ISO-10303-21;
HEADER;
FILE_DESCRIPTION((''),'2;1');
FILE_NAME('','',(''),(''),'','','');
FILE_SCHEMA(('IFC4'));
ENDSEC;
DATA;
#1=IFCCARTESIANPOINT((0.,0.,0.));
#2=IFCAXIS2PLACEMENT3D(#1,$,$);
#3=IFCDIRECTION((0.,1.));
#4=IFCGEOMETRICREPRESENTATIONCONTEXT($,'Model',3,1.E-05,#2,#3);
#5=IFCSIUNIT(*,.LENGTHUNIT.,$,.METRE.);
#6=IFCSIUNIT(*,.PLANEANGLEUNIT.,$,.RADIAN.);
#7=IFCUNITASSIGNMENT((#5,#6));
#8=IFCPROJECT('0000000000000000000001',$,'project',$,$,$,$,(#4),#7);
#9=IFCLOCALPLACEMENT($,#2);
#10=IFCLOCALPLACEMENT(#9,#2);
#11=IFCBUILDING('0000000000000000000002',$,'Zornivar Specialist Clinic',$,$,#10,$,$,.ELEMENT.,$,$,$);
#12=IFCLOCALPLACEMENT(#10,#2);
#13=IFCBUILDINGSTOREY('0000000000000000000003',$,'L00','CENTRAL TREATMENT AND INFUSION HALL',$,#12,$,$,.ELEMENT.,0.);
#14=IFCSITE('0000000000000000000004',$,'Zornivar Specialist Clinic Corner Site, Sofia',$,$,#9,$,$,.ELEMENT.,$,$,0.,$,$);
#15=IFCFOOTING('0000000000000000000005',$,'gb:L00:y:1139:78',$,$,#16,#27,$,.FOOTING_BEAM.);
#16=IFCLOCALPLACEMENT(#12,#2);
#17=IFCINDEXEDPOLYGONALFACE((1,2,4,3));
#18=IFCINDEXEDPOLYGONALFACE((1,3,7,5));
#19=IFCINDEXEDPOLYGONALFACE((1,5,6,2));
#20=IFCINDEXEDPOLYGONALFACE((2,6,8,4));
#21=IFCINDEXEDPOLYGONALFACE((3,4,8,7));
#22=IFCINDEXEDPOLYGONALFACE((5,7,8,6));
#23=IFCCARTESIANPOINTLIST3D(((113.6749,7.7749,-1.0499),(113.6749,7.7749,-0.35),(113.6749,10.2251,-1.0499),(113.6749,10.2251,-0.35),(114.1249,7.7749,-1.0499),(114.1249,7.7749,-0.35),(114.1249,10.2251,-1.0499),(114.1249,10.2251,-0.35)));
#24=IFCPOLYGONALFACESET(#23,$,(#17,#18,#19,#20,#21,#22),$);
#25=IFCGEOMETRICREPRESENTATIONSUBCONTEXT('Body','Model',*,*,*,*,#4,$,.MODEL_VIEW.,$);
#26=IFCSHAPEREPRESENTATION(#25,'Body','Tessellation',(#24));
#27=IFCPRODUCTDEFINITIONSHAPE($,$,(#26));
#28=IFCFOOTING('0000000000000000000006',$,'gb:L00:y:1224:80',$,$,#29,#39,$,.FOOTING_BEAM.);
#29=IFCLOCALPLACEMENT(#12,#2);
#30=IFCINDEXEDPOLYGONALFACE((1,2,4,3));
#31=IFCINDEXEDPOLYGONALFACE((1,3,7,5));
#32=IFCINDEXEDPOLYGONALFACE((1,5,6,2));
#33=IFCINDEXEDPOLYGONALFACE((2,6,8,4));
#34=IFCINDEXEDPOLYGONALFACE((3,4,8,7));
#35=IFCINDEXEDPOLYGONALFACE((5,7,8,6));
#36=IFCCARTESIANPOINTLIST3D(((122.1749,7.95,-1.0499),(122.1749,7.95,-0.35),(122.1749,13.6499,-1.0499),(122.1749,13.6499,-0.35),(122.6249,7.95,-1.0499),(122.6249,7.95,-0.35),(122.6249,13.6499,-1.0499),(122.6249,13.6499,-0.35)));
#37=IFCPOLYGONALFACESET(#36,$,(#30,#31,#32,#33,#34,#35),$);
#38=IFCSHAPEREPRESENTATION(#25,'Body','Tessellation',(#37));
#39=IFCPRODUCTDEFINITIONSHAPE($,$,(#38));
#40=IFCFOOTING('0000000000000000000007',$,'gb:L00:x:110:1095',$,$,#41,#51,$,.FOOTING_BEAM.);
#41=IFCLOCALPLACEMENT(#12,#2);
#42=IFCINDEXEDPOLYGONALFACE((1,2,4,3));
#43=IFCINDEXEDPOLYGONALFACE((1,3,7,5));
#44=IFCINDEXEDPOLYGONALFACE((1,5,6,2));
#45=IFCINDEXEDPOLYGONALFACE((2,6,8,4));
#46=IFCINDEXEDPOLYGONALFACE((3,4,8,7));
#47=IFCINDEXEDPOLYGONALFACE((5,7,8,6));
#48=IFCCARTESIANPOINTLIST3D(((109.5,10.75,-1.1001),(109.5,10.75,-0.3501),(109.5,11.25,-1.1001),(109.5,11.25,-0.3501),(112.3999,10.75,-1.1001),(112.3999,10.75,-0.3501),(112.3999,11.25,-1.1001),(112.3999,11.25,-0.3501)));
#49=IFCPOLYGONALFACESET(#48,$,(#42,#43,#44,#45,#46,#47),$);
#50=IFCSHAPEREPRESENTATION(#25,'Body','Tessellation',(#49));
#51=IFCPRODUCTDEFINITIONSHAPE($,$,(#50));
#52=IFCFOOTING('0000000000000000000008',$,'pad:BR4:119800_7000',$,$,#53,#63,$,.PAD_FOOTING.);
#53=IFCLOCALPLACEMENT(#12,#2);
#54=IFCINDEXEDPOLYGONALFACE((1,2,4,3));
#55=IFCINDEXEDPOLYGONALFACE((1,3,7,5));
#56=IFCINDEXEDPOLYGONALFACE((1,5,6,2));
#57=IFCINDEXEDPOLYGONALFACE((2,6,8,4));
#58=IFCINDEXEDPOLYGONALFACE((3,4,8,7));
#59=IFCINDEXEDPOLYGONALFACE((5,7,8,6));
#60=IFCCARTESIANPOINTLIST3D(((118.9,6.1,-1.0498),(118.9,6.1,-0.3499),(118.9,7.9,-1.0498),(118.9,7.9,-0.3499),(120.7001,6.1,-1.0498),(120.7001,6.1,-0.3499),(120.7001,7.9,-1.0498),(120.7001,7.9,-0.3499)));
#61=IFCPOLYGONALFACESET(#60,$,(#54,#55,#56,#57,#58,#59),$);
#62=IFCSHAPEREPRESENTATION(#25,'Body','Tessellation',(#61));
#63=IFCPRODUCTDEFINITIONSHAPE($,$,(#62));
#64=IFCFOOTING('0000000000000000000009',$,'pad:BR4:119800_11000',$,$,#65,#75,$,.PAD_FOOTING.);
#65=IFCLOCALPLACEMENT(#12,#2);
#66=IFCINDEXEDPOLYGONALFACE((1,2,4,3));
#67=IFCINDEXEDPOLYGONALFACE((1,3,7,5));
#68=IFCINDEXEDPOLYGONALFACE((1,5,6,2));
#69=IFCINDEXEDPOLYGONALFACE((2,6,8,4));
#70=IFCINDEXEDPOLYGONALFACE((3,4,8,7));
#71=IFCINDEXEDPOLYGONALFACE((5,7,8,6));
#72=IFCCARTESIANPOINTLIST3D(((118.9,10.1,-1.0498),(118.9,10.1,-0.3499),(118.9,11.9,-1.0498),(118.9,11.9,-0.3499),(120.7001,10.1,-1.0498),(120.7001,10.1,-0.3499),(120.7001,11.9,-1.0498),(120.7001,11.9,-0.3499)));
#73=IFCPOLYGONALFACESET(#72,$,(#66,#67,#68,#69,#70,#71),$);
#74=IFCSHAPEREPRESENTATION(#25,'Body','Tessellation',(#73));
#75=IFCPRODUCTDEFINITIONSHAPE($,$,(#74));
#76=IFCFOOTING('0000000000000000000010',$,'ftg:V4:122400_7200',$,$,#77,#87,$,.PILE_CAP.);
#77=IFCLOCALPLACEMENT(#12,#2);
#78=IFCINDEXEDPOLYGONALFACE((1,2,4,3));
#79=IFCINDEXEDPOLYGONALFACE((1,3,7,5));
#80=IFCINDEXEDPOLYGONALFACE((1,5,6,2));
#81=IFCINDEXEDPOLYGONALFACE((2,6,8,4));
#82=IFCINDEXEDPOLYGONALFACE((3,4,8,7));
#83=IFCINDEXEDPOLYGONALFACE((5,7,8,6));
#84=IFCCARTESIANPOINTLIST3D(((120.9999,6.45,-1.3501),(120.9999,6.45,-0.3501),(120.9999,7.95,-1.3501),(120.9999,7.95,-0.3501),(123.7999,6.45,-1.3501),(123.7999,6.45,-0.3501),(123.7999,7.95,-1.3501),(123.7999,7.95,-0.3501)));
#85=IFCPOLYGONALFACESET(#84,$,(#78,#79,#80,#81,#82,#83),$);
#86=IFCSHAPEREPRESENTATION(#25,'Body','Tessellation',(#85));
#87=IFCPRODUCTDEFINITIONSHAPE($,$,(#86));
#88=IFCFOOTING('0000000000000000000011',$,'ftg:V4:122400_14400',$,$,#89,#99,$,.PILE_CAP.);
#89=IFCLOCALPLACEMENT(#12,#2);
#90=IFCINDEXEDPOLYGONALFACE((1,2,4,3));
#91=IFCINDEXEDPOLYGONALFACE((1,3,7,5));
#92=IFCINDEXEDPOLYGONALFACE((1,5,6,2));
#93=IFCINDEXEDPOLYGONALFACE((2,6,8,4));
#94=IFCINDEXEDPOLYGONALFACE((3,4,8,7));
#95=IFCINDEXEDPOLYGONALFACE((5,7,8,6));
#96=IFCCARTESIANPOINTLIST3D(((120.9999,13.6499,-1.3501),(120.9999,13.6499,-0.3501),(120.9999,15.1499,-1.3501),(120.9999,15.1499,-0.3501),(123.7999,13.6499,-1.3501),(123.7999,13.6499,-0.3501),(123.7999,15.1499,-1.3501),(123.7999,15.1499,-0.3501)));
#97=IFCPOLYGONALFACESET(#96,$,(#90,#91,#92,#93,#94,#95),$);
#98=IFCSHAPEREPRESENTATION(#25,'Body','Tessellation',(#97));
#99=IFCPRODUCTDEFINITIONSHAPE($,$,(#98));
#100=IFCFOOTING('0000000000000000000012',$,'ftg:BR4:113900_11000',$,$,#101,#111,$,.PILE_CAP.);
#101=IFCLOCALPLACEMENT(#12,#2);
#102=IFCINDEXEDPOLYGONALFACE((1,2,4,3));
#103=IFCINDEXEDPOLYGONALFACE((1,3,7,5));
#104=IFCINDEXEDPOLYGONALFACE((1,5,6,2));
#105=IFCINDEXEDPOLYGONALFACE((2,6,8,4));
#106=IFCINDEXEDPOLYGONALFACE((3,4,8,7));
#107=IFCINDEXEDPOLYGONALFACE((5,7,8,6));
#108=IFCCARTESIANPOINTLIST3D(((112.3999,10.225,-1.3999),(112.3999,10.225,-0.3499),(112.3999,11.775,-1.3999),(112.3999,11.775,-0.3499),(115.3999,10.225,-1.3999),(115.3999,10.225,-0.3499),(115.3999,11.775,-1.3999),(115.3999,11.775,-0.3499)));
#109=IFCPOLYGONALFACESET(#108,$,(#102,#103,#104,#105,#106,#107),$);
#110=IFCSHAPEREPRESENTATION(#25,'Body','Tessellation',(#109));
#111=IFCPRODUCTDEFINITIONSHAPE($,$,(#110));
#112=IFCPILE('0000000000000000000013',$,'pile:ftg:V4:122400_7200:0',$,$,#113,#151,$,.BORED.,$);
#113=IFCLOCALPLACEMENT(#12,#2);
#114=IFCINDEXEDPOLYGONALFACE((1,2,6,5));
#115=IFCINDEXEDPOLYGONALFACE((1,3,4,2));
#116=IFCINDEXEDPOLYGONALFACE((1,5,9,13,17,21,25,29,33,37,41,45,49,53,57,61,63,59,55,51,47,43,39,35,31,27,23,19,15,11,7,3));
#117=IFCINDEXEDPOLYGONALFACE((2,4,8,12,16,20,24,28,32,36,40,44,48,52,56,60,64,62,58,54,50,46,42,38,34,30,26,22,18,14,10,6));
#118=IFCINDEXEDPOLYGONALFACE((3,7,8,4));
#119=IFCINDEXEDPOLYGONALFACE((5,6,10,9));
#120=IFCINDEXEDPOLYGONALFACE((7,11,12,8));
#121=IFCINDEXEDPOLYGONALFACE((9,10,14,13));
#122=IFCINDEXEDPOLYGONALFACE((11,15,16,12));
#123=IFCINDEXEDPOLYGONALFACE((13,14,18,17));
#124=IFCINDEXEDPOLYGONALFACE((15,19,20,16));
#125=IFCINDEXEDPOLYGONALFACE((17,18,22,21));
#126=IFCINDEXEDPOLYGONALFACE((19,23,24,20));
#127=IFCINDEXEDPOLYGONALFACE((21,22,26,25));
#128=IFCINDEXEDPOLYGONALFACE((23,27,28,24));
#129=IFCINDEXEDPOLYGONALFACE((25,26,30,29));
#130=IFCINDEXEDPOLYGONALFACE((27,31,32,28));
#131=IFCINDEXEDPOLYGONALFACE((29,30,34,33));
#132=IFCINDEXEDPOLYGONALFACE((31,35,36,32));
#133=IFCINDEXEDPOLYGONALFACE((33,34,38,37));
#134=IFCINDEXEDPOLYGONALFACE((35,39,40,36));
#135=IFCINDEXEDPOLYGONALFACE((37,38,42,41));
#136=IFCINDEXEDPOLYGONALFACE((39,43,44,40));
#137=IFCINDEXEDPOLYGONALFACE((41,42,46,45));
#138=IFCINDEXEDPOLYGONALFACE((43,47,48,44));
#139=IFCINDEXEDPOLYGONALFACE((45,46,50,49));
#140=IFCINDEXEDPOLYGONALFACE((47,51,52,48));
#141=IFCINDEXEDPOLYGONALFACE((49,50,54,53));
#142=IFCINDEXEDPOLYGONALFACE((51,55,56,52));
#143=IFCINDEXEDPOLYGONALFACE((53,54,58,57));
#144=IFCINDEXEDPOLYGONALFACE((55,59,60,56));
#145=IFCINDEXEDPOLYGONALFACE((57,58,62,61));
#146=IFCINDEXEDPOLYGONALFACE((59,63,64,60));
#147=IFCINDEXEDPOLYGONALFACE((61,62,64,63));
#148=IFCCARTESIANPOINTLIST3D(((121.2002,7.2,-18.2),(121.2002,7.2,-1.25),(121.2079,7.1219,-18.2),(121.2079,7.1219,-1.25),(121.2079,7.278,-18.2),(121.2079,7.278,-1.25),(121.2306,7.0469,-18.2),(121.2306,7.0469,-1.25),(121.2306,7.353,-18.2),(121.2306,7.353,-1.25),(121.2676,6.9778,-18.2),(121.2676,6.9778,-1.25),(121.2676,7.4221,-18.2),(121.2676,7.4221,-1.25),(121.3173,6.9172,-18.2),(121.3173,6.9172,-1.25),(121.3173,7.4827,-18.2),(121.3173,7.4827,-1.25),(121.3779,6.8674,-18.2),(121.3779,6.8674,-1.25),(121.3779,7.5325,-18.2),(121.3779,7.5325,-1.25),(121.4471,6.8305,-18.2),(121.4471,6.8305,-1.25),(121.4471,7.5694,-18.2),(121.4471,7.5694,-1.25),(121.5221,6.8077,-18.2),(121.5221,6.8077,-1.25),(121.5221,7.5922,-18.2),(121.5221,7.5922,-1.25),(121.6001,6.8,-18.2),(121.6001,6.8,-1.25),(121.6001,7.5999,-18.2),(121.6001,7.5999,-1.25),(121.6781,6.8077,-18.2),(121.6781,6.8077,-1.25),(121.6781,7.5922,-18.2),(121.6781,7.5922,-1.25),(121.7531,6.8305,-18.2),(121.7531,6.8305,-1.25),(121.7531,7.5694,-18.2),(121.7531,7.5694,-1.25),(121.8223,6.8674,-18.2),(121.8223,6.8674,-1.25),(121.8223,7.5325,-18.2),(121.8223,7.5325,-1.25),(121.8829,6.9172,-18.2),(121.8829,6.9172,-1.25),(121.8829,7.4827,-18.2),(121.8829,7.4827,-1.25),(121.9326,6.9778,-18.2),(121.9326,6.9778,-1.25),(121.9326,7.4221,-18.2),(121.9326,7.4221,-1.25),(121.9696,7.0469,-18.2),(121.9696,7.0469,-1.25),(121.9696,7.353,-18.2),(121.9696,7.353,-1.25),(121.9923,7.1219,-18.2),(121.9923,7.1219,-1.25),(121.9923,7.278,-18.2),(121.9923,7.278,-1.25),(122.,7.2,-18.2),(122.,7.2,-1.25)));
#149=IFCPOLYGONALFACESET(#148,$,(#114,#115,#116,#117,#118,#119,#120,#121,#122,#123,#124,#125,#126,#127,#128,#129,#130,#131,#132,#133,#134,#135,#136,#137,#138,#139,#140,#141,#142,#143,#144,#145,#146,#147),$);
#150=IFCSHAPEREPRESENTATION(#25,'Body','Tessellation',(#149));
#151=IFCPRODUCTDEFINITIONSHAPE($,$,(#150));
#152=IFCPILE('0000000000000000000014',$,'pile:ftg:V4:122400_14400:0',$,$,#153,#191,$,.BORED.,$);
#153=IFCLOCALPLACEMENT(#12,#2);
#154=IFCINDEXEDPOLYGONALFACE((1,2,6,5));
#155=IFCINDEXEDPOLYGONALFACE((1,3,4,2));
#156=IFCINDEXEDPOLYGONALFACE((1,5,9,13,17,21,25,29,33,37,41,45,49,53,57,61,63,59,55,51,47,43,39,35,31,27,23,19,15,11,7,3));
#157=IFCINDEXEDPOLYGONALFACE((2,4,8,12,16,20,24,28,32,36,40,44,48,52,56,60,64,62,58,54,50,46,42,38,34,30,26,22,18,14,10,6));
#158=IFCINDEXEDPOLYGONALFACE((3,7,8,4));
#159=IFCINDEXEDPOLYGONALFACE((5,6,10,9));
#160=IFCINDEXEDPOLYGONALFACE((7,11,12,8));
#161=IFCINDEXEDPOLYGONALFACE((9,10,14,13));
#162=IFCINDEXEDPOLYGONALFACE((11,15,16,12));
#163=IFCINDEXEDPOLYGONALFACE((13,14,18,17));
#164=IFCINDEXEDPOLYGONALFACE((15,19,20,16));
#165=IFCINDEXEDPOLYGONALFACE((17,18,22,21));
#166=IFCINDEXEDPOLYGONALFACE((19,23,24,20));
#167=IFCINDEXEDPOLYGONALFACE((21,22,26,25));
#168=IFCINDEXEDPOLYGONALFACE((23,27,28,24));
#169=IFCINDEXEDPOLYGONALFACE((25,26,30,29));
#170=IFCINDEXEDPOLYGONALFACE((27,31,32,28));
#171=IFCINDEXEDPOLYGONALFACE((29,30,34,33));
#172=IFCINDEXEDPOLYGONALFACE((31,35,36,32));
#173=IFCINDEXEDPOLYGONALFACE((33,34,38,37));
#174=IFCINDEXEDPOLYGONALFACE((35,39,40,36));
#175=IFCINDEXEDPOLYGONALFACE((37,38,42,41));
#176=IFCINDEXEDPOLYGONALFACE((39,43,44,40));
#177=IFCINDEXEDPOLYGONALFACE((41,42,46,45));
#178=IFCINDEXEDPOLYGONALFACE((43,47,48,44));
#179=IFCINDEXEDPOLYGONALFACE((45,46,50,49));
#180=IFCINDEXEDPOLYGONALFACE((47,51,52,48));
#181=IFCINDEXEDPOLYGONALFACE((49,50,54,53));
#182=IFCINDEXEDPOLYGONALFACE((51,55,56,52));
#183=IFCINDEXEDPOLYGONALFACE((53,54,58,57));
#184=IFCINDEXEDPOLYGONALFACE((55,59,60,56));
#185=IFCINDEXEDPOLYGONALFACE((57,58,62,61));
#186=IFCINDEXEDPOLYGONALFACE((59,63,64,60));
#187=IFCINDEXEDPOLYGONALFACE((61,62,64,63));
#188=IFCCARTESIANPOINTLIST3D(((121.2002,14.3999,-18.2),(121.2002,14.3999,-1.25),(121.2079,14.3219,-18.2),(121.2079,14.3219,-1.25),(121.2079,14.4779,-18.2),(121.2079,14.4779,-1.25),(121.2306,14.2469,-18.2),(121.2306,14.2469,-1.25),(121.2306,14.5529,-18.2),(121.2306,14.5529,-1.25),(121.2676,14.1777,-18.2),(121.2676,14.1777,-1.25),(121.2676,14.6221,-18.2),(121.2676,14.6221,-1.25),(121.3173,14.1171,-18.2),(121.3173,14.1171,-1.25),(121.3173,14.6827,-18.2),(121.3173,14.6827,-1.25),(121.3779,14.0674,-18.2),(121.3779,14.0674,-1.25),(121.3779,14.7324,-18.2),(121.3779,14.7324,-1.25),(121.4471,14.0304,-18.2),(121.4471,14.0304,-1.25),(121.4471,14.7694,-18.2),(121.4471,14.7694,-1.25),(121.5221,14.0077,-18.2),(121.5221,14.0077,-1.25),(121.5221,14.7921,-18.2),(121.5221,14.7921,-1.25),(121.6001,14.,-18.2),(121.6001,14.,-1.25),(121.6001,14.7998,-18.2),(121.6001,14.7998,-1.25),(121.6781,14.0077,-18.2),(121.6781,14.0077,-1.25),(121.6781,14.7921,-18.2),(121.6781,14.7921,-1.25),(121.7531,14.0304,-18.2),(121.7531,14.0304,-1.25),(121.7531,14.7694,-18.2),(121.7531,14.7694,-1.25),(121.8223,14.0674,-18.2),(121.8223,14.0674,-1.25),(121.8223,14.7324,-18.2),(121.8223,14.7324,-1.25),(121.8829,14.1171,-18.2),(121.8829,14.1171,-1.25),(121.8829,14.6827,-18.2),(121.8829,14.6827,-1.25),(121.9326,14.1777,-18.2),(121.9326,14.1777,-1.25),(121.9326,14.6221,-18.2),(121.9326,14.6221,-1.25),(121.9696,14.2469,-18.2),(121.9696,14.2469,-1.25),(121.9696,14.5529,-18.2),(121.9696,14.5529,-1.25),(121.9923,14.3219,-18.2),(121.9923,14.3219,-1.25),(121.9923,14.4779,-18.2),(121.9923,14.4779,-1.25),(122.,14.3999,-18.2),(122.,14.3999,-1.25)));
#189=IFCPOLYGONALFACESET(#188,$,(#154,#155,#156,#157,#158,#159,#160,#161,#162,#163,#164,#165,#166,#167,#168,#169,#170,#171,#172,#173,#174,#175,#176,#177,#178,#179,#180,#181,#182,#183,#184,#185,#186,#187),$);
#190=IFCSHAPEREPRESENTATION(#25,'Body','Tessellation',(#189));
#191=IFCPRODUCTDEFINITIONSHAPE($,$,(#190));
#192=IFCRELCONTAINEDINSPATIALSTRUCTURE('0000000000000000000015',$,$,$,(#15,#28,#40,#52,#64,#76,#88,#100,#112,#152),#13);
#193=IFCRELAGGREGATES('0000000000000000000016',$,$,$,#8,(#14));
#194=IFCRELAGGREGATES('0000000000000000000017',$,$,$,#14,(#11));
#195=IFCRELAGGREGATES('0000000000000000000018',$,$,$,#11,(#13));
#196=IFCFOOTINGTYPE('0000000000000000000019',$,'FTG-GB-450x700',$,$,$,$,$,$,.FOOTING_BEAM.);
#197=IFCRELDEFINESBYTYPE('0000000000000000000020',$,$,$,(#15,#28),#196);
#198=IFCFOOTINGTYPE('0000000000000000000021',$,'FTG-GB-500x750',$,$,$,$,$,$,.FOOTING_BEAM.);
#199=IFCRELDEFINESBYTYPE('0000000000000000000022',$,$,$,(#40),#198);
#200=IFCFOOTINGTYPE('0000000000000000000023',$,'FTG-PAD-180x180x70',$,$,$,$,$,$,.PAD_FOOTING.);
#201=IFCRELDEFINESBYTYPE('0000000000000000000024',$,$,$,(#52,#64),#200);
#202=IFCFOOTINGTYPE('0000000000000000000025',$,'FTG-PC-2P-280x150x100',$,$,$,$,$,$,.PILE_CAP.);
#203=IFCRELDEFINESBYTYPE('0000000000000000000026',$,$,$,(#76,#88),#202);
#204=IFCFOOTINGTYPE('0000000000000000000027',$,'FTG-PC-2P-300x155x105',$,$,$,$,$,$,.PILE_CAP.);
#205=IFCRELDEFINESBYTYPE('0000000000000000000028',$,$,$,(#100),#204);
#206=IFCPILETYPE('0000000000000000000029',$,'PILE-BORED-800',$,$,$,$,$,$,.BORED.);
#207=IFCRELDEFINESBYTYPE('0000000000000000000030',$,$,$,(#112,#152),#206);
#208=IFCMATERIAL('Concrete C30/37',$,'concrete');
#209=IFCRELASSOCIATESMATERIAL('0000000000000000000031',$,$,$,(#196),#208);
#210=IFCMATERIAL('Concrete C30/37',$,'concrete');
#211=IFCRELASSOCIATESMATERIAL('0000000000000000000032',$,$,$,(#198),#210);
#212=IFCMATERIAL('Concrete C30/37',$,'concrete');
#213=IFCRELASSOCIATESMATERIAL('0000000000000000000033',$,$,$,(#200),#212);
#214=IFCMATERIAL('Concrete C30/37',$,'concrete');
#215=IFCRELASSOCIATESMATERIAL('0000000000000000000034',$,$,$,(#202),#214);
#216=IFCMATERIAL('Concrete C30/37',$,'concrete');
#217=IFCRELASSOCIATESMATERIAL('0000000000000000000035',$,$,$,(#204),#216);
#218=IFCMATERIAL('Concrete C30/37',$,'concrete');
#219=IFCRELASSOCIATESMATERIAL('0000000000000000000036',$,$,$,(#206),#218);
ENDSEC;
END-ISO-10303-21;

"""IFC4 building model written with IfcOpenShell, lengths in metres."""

from ifc_helpers import new_model, si_unit, direction, frame, origin, origin_2d, place, context, subcontext, project, spatial, rectangle, circle, extrude, material, material_profile, profile_set, type_object, element, save


model = new_model("IFC4")

# Units and contexts
model_context = context("Model", 3, precision=1e-05, world=origin(), true_north=direction((0.0, 1.0)))
body_context = subcontext(model_context, "Body", "Model", "MODEL_VIEW")
ifc_project = project(units=[si_unit("LENGTHUNIT", "METRE"), si_unit("PLANEANGLEUNIT", "RADIAN")], contexts=[model_context])

# Site, building, storey
site_placement = place(None, origin())
site = spatial("IfcSite", under=ifc_project, at=site_placement, Name="Zornivar Specialist Clinic Corner Site, Sofia", CompositionType="ELEMENT", RefElevation=0.0)
building_placement = place(site_placement, origin())
building = spatial("IfcBuilding", under=site, at=building_placement, Name="Zornivar Specialist Clinic", CompositionType="ELEMENT")
storey_placement = place(building_placement, origin())
storey = spatial("IfcBuildingStorey", under=building, at=storey_placement, Name="L00", Description="CENTRAL TREATMENT AND INFUSION HALL", CompositionType="ELEMENT", Elevation=0.0)

# Footings
ifc_material_1 = material(Name="Concrete C30/37", Category="concrete")
ifc_material_profile_1 = material_profile(ifc_material_1, rectangle(XDim=0.45, YDim=0.7, at=origin_2d()), Name="RC 450x700")
ifc_profile_set_1 = profile_set([ifc_material_profile_1], Name="Concrete C30/37")
footing_type_1 = type_object("IfcFootingType", Name="FTG-GB-450x700", PredefinedType="FOOTING_BEAM", material=ifc_profile_set_1)
footing_1_placement = place(storey_placement, frame((113.8999, 7.7749, -0.7), z_axis=(0.0, 1.0, 0.0), x_axis=(-1.0, 0.0, 0.0)))
element("IfcFooting", 1, at=footing_1_placement, inside=storey, type_object=footing_type_1, Name="gb:L00:y:1139:78", PredefinedType="FOOTING_BEAM", context=body_context, shape_type="SweptSolid", body=[
    extrude(rectangle(XDim=0.45, YDim=0.7, at=origin_2d()), origin(), (0.0, 0.0, 1.0), 2.4502),
])
footing_2_placement = place(storey_placement, frame((122.3999, 7.95, -0.7), z_axis=(0.0, 1.0, 0.0), x_axis=(-1.0, 0.0, 0.0)))
element("IfcFooting", 2, at=footing_2_placement, inside=storey, type_object=footing_type_1, Name="gb:L00:y:1224:80", PredefinedType="FOOTING_BEAM", context=body_context, shape_type="SweptSolid", body=[
    extrude(rectangle(XDim=0.45, YDim=0.7, at=origin_2d()), origin(), (0.0, 0.0, 1.0), 5.7),
])
ifc_material_2 = material(Name="Concrete C30/37", Category="concrete")
ifc_material_profile_2 = material_profile(ifc_material_2, rectangle(XDim=0.5, YDim=0.75, at=origin_2d()), Name="RC 500x750")
ifc_profile_set_2 = profile_set([ifc_material_profile_2], Name="Concrete C30/37")
footing_type_2 = type_object("IfcFootingType", Name="FTG-GB-500x750", PredefinedType="FOOTING_BEAM", material=ifc_profile_set_2)
footing_3_placement = place(storey_placement, frame((109.5, 11.0, -0.7251), z_axis=(1.0, 0.0, 0.0), x_axis=(0.0, 1.0, 0.0)))
element("IfcFooting", 3, at=footing_3_placement, inside=storey, type_object=footing_type_2, Name="gb:L00:x:110:1095", PredefinedType="FOOTING_BEAM", context=body_context, shape_type="SweptSolid", body=[
    extrude(rectangle(XDim=0.5, YDim=0.75, at=origin_2d()), origin(), (0.0, 0.0, 1.0), 2.8999),
])
ifc_material_3 = material(Name="Concrete C30/37", Category="concrete")
footing_type_3 = type_object("IfcFootingType", Name="FTG-PAD-180x180x70", PredefinedType="PAD_FOOTING", material=ifc_material_3)
for number, where, z_axis, x_axis, name in (
    (4, (119.8, 7.0, -1.0498), (0.0, 0.0, 1.0), (1.0, 0.0, 0.0), "pad:BR4:119800_7000"),
    (5, (119.8, 11.0, -1.0498), (0.0, 0.0, 1.0), (1.0, 0.0, 0.0), "pad:BR4:119800_11000"),
):
    element("IfcFooting", number, at=place(storey_placement, frame(where, z_axis=z_axis, x_axis=x_axis)), inside=storey, type_object=footing_type_3, Name=name, PredefinedType="PAD_FOOTING", context=body_context, shape_type="SweptSolid", body=[
        extrude(rectangle(XDim=1.8, YDim=1.8, at=origin_2d()), origin(), (0.0, 0.0, 1.0), 0.7),
    ])
ifc_material_4 = material(Name="Concrete C30/37", Category="concrete")
footing_type_4 = type_object("IfcFootingType", Name="FTG-PC-2P-280x150x100", PredefinedType="PILE_CAP", material=ifc_material_4)
for number, where, z_axis, x_axis, name in (
    (6, (122.3999, 7.2, -1.3501), (0.0, 0.0, 1.0), (1.0, 0.0, 0.0), "ftg:V4:122400_7200"),
    (7, (122.3999, 14.3999, -1.3501), (0.0, 0.0, 1.0), (1.0, 0.0, 0.0), "ftg:V4:122400_14400"),
):
    element("IfcFooting", number, at=place(storey_placement, frame(where, z_axis=z_axis, x_axis=x_axis)), inside=storey, type_object=footing_type_4, Name=name, PredefinedType="PILE_CAP", context=body_context, shape_type="SweptSolid", body=[
        extrude(rectangle(XDim=2.8, YDim=1.5, at=origin_2d()), origin(), (0.0, 0.0, 1.0), 1.0),
    ])
ifc_material_5 = material(Name="Concrete C30/37", Category="concrete")
footing_type_5 = type_object("IfcFootingType", Name="FTG-PC-2P-300x155x105", PredefinedType="PILE_CAP", material=ifc_material_5)
footing_4_placement = place(storey_placement, frame((113.8999, 11.0, -1.3999), z_axis=(0.0, 0.0, 1.0), x_axis=(1.0, 0.0, 0.0)))
element("IfcFooting", 8, at=footing_4_placement, inside=storey, type_object=footing_type_5, Name="ftg:BR4:113900_11000", PredefinedType="PILE_CAP", context=body_context, shape_type="SweptSolid", body=[
    extrude(rectangle(XDim=3.0, YDim=1.55, at=origin_2d()), origin(), (0.0, 0.0, 1.0), 1.05),
])

# Piles
ifc_material_6 = material(Name="Concrete C30/37", Category="concrete")
ifc_material_profile_3 = material_profile(ifc_material_6, circle(Radius=0.3999, at=origin_2d()), Name="PILE D800")
ifc_profile_set_3 = profile_set([ifc_material_profile_3], Name="Concrete C30/37")
pile_type = type_object("IfcPileType", Name="PILE-BORED-800", PredefinedType="BORED", material=ifc_profile_set_3)
for number, where, z_axis, x_axis, name in (
    (9, (121.6001, 7.2, -1.25), (0.0, 0.0, -1.0), (1.0, 0.0, 0.0), "pile:ftg:V4:122400_7200:0"),
    (10, (121.6001, 14.3999, -1.25), (0.0, 0.0, -1.0), (1.0, 0.0, 0.0), "pile:ftg:V4:122400_14400:0"),
):
    element("IfcPile", number, at=place(storey_placement, frame(where, z_axis=z_axis, x_axis=x_axis)), inside=storey, type_object=pile_type, Name=name, PredefinedType="BORED", context=body_context, shape_type="SweptSolid", body=[
        extrude(circle(Radius=0.3999, at=origin_2d()), origin(), (0.0, 0.0, 1.0), 16.95),
    ])

save(model, "model.ifc")
